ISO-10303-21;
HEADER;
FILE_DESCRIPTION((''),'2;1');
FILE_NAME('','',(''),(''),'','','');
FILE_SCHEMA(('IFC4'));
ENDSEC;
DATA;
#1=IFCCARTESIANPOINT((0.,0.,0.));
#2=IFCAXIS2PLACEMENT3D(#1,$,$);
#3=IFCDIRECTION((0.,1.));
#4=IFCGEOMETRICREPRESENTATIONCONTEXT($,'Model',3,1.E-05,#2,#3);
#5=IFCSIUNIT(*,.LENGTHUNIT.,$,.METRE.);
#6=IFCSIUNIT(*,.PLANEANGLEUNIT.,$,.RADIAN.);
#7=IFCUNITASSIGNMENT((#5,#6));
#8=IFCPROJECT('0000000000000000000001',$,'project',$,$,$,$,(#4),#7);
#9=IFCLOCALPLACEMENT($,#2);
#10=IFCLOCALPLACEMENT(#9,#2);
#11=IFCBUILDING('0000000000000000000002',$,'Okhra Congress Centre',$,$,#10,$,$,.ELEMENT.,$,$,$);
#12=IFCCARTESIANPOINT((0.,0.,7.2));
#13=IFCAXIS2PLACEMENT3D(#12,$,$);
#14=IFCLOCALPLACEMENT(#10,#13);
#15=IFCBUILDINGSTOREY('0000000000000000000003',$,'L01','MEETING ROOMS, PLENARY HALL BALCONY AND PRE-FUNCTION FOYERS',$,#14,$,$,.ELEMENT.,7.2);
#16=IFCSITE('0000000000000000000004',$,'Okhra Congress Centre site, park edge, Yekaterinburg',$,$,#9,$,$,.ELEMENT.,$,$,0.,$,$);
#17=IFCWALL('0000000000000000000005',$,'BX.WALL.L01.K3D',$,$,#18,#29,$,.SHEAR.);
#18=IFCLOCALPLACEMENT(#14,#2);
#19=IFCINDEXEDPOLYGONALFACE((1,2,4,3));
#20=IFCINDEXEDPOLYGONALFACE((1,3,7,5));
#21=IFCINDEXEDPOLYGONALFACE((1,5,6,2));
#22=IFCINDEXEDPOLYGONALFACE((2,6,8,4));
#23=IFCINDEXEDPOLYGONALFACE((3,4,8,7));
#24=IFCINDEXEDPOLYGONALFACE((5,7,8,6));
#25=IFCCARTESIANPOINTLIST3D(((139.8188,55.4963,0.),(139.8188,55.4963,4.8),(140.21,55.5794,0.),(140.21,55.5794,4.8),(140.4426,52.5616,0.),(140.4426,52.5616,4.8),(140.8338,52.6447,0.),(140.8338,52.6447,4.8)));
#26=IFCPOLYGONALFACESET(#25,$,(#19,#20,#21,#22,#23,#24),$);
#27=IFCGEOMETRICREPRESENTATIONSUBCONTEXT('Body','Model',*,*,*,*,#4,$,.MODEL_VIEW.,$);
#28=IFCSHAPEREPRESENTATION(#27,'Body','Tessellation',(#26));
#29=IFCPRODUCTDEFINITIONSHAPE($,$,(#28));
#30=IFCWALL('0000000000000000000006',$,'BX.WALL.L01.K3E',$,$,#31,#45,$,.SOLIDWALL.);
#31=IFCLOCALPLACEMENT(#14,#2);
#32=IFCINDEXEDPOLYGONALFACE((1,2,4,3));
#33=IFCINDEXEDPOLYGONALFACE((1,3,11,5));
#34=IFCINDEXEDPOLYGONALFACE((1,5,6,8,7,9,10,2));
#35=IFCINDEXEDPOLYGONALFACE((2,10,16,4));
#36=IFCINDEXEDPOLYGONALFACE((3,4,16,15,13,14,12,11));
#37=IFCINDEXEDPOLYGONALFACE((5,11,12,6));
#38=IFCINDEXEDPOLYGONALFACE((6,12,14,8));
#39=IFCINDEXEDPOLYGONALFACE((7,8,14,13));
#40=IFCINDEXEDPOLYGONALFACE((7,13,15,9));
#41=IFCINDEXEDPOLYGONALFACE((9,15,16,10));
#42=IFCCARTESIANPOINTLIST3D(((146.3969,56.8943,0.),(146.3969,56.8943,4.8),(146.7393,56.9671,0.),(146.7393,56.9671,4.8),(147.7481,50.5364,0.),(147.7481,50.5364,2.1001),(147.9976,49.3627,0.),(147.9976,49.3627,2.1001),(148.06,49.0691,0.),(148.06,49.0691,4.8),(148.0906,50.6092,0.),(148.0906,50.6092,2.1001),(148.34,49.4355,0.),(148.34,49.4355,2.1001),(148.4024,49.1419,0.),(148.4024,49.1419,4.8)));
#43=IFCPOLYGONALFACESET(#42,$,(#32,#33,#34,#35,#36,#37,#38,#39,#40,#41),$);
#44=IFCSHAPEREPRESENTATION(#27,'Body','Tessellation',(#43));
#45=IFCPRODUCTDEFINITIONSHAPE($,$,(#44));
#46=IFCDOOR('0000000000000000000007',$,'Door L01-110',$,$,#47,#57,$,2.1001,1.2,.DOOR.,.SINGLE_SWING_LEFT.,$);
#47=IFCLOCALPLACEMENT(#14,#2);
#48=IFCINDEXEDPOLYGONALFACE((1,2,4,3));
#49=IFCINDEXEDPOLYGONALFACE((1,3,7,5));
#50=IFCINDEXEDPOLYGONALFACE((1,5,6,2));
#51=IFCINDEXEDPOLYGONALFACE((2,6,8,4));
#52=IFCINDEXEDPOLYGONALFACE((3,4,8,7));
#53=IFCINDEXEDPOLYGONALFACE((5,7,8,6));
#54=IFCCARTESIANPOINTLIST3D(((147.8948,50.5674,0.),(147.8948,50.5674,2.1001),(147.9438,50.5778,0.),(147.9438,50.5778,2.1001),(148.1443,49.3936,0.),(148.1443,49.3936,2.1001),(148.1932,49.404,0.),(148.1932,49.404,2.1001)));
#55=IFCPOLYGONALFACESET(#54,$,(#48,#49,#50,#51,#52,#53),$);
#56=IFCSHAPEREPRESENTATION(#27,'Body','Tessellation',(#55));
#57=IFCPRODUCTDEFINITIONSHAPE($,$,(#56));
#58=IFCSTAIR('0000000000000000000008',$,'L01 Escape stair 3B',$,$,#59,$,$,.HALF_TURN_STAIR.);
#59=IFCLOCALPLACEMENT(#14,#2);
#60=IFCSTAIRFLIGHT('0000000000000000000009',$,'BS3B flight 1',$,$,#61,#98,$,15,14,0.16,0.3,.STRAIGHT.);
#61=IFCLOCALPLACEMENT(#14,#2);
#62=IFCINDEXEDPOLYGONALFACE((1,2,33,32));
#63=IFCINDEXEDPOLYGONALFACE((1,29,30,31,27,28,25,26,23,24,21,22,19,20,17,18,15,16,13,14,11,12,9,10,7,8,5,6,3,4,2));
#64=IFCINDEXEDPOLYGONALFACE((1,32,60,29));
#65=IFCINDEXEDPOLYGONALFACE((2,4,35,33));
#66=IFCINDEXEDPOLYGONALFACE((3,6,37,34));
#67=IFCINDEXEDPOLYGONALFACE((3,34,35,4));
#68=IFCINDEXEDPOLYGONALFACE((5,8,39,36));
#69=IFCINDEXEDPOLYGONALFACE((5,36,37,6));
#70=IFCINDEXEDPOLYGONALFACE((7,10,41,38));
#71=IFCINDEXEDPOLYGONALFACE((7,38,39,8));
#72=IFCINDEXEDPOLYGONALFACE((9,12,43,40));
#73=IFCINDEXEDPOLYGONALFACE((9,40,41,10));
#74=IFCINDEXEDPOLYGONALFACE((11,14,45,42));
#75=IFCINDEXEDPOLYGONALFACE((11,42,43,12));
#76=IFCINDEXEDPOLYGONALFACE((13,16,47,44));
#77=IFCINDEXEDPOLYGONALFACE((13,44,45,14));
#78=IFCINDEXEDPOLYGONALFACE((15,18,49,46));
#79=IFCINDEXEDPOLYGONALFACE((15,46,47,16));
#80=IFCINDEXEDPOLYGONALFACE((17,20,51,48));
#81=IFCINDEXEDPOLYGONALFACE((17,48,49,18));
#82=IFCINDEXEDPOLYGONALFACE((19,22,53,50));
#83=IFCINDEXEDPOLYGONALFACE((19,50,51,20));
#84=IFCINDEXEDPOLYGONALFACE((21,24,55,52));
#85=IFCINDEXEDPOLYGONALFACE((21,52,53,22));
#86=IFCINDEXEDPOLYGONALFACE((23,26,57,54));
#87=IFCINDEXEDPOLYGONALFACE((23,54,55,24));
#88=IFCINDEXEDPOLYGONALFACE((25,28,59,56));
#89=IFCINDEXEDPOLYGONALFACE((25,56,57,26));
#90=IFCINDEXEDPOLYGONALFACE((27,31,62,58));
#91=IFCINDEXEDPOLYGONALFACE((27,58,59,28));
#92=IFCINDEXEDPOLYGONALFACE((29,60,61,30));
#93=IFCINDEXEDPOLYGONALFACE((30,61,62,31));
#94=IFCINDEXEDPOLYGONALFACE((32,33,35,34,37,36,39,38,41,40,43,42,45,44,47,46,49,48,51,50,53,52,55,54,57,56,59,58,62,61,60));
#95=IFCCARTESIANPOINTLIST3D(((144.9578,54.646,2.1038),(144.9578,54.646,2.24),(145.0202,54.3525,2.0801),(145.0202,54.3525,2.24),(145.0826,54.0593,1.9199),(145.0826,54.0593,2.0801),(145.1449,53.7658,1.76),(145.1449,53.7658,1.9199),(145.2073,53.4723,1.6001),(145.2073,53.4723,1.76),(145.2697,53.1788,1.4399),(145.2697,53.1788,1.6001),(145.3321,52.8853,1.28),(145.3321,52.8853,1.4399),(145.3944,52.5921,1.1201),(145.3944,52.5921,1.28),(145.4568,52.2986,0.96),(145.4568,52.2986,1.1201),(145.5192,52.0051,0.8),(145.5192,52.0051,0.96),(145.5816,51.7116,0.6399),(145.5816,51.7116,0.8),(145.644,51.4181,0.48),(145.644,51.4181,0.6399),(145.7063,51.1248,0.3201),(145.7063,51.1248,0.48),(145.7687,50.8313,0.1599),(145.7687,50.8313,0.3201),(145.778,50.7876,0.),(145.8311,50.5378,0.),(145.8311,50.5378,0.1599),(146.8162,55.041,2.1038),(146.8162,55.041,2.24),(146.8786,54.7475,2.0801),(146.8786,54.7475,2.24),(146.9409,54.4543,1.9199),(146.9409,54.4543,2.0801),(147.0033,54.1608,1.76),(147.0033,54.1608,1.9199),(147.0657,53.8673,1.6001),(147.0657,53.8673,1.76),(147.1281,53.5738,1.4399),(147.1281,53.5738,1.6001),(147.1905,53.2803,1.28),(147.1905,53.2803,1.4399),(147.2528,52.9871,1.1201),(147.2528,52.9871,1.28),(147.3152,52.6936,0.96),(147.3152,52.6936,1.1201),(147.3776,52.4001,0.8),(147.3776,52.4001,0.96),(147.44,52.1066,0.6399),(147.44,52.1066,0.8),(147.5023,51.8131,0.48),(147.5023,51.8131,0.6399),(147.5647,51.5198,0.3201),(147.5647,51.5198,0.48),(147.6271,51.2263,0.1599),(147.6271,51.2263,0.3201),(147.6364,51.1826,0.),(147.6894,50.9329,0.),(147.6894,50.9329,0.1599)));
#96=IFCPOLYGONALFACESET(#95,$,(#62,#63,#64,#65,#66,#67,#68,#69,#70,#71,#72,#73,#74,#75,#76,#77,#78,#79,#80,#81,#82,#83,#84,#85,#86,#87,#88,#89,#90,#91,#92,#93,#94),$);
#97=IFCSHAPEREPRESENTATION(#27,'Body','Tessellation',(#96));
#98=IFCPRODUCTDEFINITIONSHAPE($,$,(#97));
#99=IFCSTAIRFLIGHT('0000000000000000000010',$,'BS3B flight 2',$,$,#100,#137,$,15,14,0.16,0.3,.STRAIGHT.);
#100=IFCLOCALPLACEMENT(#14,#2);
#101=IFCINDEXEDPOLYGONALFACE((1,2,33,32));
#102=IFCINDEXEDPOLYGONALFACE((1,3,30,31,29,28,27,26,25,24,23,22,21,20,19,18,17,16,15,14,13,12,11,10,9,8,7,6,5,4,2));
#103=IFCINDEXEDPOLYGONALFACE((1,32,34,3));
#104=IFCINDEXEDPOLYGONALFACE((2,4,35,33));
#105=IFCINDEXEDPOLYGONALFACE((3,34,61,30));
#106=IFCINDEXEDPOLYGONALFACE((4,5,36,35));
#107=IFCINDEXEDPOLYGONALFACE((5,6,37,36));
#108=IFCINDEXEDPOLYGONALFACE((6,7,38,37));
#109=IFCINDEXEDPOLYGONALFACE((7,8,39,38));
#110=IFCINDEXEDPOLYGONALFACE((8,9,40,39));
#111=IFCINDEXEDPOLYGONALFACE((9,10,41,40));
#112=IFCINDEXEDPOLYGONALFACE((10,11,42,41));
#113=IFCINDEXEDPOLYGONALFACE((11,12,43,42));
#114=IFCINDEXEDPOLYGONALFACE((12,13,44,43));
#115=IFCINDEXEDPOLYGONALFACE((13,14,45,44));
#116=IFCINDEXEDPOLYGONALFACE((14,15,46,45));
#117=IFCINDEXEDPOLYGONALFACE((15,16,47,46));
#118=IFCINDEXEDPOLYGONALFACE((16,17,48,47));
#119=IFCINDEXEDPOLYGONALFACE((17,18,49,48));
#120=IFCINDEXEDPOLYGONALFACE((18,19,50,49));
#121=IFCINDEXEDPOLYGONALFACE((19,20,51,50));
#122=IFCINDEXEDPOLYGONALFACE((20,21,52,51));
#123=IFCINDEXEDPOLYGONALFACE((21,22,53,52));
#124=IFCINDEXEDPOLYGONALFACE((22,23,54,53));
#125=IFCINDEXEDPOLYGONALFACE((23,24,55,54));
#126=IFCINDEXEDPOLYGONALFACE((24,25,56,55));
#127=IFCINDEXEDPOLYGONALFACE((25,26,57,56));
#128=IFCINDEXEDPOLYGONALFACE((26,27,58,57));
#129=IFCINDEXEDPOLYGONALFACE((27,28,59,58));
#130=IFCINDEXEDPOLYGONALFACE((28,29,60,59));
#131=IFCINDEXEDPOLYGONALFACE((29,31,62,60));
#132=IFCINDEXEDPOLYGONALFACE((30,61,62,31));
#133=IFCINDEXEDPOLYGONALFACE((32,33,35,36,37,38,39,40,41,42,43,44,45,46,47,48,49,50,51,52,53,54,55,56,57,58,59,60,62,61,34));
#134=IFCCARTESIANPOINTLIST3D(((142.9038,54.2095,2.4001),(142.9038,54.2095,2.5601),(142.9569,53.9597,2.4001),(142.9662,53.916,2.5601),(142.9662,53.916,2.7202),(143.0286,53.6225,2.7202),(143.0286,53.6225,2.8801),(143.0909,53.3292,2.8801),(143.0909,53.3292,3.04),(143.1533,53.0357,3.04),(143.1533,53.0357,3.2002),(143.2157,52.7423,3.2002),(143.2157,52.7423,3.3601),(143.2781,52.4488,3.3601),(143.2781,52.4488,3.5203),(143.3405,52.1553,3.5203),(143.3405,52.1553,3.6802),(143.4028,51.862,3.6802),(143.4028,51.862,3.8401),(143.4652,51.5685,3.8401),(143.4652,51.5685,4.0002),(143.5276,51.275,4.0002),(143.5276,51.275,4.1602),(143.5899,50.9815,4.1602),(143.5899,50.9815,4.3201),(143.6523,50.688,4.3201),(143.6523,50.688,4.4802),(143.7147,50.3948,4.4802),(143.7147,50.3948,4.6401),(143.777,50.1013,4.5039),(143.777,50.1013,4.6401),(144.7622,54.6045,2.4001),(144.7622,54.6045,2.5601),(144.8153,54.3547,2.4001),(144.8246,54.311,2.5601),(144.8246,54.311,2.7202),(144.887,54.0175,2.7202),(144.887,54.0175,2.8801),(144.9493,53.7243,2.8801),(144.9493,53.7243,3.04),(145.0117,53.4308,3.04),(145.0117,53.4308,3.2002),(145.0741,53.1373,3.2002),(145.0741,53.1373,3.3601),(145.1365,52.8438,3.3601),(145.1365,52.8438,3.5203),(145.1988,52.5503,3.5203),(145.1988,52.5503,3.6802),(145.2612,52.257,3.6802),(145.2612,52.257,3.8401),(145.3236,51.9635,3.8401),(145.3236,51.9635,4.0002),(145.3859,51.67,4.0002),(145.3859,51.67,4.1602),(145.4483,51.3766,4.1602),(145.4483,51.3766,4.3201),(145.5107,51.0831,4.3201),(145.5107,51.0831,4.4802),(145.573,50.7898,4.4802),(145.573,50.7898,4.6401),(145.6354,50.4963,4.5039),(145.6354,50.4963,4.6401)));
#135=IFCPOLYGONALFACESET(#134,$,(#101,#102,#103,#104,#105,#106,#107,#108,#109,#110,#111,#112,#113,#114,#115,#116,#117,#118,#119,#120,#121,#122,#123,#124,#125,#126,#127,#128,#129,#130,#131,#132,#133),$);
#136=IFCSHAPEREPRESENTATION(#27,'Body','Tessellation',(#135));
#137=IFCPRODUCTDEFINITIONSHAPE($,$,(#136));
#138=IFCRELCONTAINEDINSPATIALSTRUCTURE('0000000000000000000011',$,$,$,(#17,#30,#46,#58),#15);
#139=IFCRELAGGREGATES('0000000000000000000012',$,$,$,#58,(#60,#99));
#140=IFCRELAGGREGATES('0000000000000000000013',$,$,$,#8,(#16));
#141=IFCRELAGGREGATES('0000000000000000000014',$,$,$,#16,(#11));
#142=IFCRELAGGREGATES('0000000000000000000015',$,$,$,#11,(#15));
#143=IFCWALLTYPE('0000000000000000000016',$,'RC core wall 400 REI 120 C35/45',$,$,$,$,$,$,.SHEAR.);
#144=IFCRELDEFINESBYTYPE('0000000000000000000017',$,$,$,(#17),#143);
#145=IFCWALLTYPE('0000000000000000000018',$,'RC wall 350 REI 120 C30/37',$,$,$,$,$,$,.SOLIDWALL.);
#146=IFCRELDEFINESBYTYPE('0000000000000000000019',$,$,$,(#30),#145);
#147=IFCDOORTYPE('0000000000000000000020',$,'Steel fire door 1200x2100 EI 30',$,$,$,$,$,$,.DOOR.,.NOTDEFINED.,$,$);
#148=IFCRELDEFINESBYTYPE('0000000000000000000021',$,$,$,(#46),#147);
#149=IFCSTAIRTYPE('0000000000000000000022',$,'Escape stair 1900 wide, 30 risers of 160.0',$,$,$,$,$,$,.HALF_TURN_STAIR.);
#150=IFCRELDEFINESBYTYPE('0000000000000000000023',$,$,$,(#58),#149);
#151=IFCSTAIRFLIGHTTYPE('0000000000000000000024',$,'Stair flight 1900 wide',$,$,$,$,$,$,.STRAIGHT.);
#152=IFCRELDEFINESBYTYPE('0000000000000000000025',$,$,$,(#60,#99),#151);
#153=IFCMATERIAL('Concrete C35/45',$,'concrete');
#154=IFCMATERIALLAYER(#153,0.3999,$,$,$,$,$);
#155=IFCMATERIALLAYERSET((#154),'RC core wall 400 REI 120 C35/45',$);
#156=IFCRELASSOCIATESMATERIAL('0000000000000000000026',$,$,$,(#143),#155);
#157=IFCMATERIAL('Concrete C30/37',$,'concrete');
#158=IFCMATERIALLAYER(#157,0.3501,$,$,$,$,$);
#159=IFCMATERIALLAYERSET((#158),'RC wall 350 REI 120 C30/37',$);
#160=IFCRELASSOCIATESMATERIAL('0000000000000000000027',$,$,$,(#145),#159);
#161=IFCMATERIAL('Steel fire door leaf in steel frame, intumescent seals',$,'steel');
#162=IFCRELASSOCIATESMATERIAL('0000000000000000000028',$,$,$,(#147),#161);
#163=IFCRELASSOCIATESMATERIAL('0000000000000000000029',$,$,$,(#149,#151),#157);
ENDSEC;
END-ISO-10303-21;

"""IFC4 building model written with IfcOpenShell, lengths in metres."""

from ifc_helpers import new_model, si_unit, direction, frame, frame_2d, origin, place, context, subcontext, project, spatial, polyline, rectangle, outline, extrude, material, layer, layer_set, type_object, element, fill, aggregate, save


model = new_model("IFC4")

# Units and contexts
model_context = context("Model", 3, precision=1e-05, world=origin(), true_north=direction((0.0, 1.0)))
body_context = subcontext(model_context, "Body", "Model", "MODEL_VIEW")
ifc_project = project(units=[si_unit("LENGTHUNIT", "METRE"), si_unit("PLANEANGLEUNIT", "RADIAN")], contexts=[model_context])

# Site, building, storey
site_placement = place(None, origin())
site = spatial("IfcSite", under=ifc_project, at=site_placement, Name="Okhra Congress Centre site, park edge, Yekaterinburg", CompositionType="ELEMENT", RefElevation=0.0)
building_placement = place(site_placement, origin())
building = spatial("IfcBuilding", under=site, at=building_placement, Name="Okhra Congress Centre", CompositionType="ELEMENT")
storey_placement = place(building_placement, frame((0.0, 0.0, 7.2)))
storey = spatial("IfcBuildingStorey", under=building, at=storey_placement, Name="L01", Description="MEETING ROOMS, PLENARY HALL BALCONY AND PRE-FUNCTION FOYERS", CompositionType="ELEMENT", Elevation=7.2)

# Wall
ifc_material_1 = material(Name="Concrete C35/45", Category="concrete")
ifc_layer_1 = layer(ifc_material_1, 0.3999)
ifc_layer_set_1 = layer_set([ifc_layer_1], Name="RC core wall 400 REI 120 C35/45")
wall_type_1 = type_object("IfcWallType", Name="RC core wall 400 REI 120 C35/45", PredefinedType="SHEAR", material=ifc_layer_set_1)
wall_1_placement = place(storey_placement, frame((140.6382, 52.6033, 0.0), z_axis=(0.0, 0.0, 1.0), x_axis=(-0.207917, 0.978146, 0.0)))
element("IfcWall", 1, at=wall_1_placement, inside=storey, type_object=wall_type_1, Name="BX.WALL.L01.K3D", PredefinedType="SHEAR", context=body_context, shape_type="SweptSolid", body=[
    extrude(rectangle(XDim=3.0002, YDim=0.3999, at=frame_2d((1.5, 0.0))), origin(), (0.0, 0.0, 1.0), 4.8),
])

# Wall, opening, door
ifc_material_2 = material(Name="Concrete C30/37", Category="concrete")
ifc_layer_2 = layer(ifc_material_2, 0.3501)
ifc_layer_set_2 = layer_set([ifc_layer_2], Name="RC wall 350 REI 120 C30/37")
wall_type_2 = type_object("IfcWallType", Name="RC wall 350 REI 120 C30/37", PredefinedType="SOLIDWALL", material=ifc_layer_set_2)
wall_2_placement = place(storey_placement, frame((148.2312, 49.1055, 0.0), z_axis=(0.0, 0.0, 1.0), x_axis=(-0.207886, 0.978153, 0.0)))
wall_2 = element("IfcWall", 2, at=wall_2_placement, inside=storey, type_object=wall_type_2, Name="BX.WALL.L01.K3E", PredefinedType="SOLIDWALL", context=body_context, shape_type="SweptSolid", body=[
    extrude(rectangle(XDim=8.0, YDim=0.3501, at=frame_2d((4.0, 0.0))), origin(), (0.0, 0.0, 1.0), 4.8),
])
opening_1_placement = place(wall_2_placement, frame((0.3, 0.0, 0.0)))
opening_1 = element("IfcOpeningElement", 3, at=opening_1_placement, cuts=wall_2, PredefinedType="OPENING", context=body_context, shape_type="SweptSolid", body=[
    extrude(rectangle(XDim=1.2, YDim=2.1001, at=frame_2d((0.6001, 1.05))), frame((0.0, 0.1851, 0.0), z_axis=(0.0, -1.0, 0.0), x_axis=(1.0, 0.0, 0.0)), (0.0, 0.0, 1.0), 0.3701),
])
ifc_material_3 = material(Name="Steel fire door leaf in steel frame, intumescent seals", Category="steel")
door_type_1 = type_object("IfcDoorType", Name="Steel fire door 1200x2100 EI 30", OperationType="NOTDEFINED", PredefinedType="DOOR", material=ifc_material_3)
door_1_placement = place(opening_1_placement, frame((1.2, 0.0, 0.0), z_axis=(0.0, 0.0, 1.0), x_axis=(-1.0, 0.0, 0.0)))
door_1 = element("IfcDoor", 4, at=door_1_placement, inside=storey, type_object=door_type_1, Name="Door L01-110", OperationType="SINGLE_SWING_LEFT", OverallHeight=2.1001, OverallWidth=1.2, PredefinedType="DOOR", context=body_context, shape_type="SweptSolid", body=[
    extrude(rectangle(XDim=1.2, YDim=2.1001, at=frame_2d((0.6001, 1.05))), frame((0.0, 0.0249, 0.0), z_axis=(0.0, -1.0, 0.0), x_axis=(1.0, 0.0, 0.0)), (0.0, 0.0, 1.0), 0.05),
])
fill(opening_1, door_1)

# Stair, stair flights
stair_type = type_object("IfcStairType", Name="Escape stair 1900 wide, 30 risers of 160.0", PredefinedType="HALF_TURN_STAIR", material=ifc_material_2)
stair_placement = place(storey_placement, origin())
stair = element("IfcStair", 5, at=stair_placement, inside=storey, type_object=stair_type, Name="L01 Escape stair 3B", PredefinedType="HALF_TURN_STAIR")
stair_flight_type = type_object("IfcStairFlightType", Name="Stair flight 1900 wide", PredefinedType="STRAIGHT", material=ifc_material_2)
stair_flight_1_placement = place(storey_placement, frame((146.7603, 50.7354, 0.0), z_axis=(0.0, 0.0, 1.0), x_axis=(-0.207912, 0.978148, 0.0)))
stair_flight_1 = element("IfcStairFlight", 6, at=stair_flight_1_placement, type_object=stair_flight_type, Name="BS3B flight 1", NumberOfRisers=15, NumberOfTreads=14, PredefinedType="STRAIGHT", RiserHeight=0.16, TreadLength=0.3, context=body_context, shape_type="SweptSolid", body=[
    extrude(outline(polyline([(0.0, 0.0), (0.0, 0.1599), (0.3, 0.1599), (0.3, 0.3201), (0.6001, 0.3201), (0.6001, 0.48), (0.8999, 0.48), (0.8999, 0.6399), (1.2, 0.6399), (1.2, 0.8), (1.5, 0.8), (1.5, 0.96), (1.8, 0.96), (1.8, 1.1201), (2.1001, 1.1201), (2.1001, 1.28), (2.3999, 1.28), (2.3999, 1.4399), (2.7, 1.4399), (2.7, 1.6001), (3.0, 1.6001), (3.0, 1.76), (3.3, 1.76), (3.3, 1.9199), (3.6001, 1.9199), (3.6001, 2.0801), (3.8999, 2.0801), (3.8999, 2.24), (4.2, 2.24), (4.2, 2.3999), (4.2, 2.1038), (0.2554, 0.0), (0.0, 0.0)])), frame((0.0, 0.95, 0.0), z_axis=(0.0, -1.0, 0.0), x_axis=(1.0, 0.0, 0.0)), (0.0, 0.0, 1.0), 1.8999),
])
stair_flight_2_placement = place(storey_placement, frame((143.833, 54.407, 2.4001), z_axis=(0.0, 0.0, 1.0), x_axis=(0.207912, -0.978148, 0.0)))
stair_flight_2 = element("IfcStairFlight", 7, at=stair_flight_2_placement, type_object=stair_flight_type, Name="BS3B flight 2", NumberOfRisers=15, NumberOfTreads=14, PredefinedType="STRAIGHT", RiserHeight=0.16, TreadLength=0.3, context=body_context, shape_type="SweptSolid", body=[
    extrude(outline(polyline([(0.0, 0.0), (0.0, 0.1599), (0.3, 0.1599), (0.3, 0.3201), (0.6001, 0.3201), (0.6001, 0.48), (0.8999, 0.48), (0.8999, 0.6399), (1.2, 0.6399), (1.2, 0.8), (1.5, 0.8), (1.5, 0.96), (1.8, 0.96), (1.8, 1.1201), (2.1001, 1.1201), (2.1001, 1.28), (2.3999, 1.28), (2.3999, 1.4399), (2.7, 1.4399), (2.7, 1.6001), (3.0, 1.6001), (3.0, 1.76), (3.3, 1.76), (3.3, 1.9199), (3.6001, 1.9199), (3.6001, 2.0801), (3.8999, 2.0801), (3.8999, 2.24), (4.2, 2.24), (4.2, 2.3999), (4.2, 2.1038), (0.2554, 0.0), (0.0, 0.0)])), frame((0.0, 0.95, 0.0), z_axis=(0.0, -1.0, 0.0), x_axis=(1.0, 0.0, 0.0)), (0.0, 0.0, 1.0), 1.8999),
])
aggregate(stair, [stair_flight_1, stair_flight_2])

save(model, "model.ifc")
